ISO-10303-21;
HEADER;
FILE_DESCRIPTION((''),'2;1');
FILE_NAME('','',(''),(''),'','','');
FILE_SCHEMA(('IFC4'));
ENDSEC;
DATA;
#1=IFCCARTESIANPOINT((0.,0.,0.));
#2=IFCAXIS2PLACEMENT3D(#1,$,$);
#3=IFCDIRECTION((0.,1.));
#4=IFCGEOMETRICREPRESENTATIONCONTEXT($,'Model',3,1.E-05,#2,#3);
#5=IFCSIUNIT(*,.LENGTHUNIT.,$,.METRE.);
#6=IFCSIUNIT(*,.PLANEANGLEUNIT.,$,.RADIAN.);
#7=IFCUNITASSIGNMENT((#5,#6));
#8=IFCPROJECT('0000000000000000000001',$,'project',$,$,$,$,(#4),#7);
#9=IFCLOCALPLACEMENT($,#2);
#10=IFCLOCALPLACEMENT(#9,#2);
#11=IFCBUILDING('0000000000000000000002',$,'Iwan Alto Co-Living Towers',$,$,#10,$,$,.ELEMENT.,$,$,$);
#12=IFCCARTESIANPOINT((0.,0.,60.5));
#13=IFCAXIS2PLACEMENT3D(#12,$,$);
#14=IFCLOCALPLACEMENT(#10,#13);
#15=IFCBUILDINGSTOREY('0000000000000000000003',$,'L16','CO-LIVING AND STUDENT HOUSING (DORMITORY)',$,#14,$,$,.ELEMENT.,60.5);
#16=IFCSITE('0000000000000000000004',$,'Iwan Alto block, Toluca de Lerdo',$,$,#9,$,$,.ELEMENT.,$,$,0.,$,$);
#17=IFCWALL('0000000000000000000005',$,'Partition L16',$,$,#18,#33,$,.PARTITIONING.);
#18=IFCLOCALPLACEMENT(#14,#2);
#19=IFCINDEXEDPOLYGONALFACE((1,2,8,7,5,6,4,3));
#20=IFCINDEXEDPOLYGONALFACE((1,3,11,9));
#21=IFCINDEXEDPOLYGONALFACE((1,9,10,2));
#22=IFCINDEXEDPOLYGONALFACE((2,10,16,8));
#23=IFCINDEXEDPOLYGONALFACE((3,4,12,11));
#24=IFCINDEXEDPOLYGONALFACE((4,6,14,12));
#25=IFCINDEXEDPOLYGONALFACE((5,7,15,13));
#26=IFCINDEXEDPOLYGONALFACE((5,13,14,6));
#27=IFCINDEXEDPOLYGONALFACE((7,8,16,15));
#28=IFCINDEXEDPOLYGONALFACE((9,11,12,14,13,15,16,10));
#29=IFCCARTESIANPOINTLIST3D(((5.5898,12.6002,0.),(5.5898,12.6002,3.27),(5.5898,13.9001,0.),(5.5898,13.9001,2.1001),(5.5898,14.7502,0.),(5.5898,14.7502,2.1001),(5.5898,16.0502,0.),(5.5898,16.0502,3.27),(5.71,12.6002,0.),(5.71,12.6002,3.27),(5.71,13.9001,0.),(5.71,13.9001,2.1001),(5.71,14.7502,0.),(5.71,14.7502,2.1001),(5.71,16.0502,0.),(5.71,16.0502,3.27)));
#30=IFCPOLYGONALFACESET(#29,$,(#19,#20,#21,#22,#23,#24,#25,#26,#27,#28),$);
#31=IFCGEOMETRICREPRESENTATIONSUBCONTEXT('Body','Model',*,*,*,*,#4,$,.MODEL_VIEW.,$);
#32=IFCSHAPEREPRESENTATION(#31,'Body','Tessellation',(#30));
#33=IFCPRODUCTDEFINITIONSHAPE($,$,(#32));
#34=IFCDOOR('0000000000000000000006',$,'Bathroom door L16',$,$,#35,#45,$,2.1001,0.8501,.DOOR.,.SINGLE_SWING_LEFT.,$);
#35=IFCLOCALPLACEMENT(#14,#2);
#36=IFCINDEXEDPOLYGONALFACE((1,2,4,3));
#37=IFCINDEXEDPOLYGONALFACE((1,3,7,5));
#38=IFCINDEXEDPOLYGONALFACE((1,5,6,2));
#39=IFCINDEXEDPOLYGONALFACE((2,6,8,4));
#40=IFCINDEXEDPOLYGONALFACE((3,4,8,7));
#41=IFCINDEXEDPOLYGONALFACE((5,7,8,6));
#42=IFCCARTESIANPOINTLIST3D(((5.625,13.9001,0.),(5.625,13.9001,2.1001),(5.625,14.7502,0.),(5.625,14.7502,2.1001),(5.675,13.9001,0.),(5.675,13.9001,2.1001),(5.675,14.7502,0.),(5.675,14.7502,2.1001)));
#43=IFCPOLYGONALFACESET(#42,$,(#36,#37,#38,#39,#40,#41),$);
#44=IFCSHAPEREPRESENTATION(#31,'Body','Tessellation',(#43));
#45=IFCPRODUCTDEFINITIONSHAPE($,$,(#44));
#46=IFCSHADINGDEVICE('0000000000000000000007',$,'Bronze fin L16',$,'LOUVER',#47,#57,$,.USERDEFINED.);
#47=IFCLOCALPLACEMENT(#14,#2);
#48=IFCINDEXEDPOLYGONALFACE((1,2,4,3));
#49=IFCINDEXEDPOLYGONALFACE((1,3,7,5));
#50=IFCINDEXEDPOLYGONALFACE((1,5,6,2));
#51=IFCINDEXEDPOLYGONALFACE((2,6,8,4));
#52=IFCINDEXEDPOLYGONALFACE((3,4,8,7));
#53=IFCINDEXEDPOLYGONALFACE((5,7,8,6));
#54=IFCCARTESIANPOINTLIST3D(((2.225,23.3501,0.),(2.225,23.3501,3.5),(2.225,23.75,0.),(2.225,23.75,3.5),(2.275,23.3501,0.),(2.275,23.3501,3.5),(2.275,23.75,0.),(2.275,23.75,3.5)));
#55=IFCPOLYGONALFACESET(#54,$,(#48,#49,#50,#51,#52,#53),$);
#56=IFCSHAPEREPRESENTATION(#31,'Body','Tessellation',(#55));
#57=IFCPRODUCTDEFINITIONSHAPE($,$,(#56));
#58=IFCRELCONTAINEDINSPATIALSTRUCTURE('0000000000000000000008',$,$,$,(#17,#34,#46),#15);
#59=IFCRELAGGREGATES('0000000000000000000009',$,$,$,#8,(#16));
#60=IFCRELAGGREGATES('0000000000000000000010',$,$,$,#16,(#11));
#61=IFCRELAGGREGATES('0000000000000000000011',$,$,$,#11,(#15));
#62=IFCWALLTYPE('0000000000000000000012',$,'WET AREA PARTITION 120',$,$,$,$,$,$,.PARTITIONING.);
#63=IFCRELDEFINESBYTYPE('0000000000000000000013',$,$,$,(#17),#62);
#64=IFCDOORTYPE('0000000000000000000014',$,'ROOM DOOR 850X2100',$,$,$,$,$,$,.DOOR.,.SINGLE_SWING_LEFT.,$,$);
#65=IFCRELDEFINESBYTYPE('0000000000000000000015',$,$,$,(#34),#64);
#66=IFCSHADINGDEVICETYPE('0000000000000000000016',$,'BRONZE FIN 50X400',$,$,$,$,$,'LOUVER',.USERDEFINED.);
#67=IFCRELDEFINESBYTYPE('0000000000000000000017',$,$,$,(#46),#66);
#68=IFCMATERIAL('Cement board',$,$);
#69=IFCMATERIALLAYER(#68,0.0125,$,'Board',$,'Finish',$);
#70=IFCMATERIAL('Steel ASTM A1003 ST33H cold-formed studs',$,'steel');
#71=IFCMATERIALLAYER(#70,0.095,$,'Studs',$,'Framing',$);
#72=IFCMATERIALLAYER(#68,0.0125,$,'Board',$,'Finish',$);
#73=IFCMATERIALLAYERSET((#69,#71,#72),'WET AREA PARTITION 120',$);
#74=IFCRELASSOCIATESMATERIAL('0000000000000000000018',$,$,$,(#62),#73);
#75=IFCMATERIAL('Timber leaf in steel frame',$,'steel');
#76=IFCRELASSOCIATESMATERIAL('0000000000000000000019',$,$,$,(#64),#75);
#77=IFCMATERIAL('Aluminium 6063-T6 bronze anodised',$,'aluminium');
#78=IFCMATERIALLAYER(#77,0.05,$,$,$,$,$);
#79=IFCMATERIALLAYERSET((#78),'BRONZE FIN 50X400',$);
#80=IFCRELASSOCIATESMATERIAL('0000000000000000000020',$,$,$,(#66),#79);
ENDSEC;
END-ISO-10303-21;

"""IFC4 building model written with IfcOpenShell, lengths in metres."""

from ifc_helpers import new_model, si_unit, direction, frame, frame_2d, origin, origin_2d, place, context, subcontext, project, spatial, rectangle, extrude, material, layer, layer_set, type_object, element, fill, save


model = new_model("IFC4")

# Units and contexts
model_context = context("Model", 3, precision=1e-05, world=origin(), true_north=direction((0.0, 1.0)))
body_context = subcontext(model_context, "Body", "Model", "MODEL_VIEW")
ifc_project = project(units=[si_unit("LENGTHUNIT", "METRE"), si_unit("PLANEANGLEUNIT", "RADIAN")], contexts=[model_context])

# Site, building, storey
site_placement = place(None, origin())
site = spatial("IfcSite", under=ifc_project, at=site_placement, Name="Iwan Alto block, Toluca de Lerdo", CompositionType="ELEMENT", RefElevation=0.0)
building_placement = place(site_placement, origin())
building = spatial("IfcBuilding", under=site, at=building_placement, Name="Iwan Alto Co-Living Towers", CompositionType="ELEMENT")
storey_placement = place(building_placement, frame((0.0, 0.0, 60.5)))
storey = spatial("IfcBuildingStorey", under=building, at=storey_placement, Name="L16", Description="CO-LIVING AND STUDENT HOUSING (DORMITORY)", CompositionType="ELEMENT", Elevation=60.5)

# Shared definitions
ifc_material_1 = material(Name="Steel ASTM A1003 ST33H cold-formed studs", Category="steel")

# Shared definitions
ifc_material_2 = material(Name="Cement board")
ifc_layer_1 = layer(ifc_material_2, 0.0125, Name="Board", Category="Finish")
ifc_layer_2 = layer(ifc_material_1, 0.095, Name="Studs", Category="Framing")
ifc_layer_3 = layer(ifc_material_2, 0.0125, Name="Board", Category="Finish")
ifc_layer_set_1 = layer_set([ifc_layer_1, ifc_layer_2, ifc_layer_3], Name="WET AREA PARTITION 120")
wall_type_1 = type_object("IfcWallType", Name="WET AREA PARTITION 120", PredefinedType="PARTITIONING", material=ifc_layer_set_1)
ifc_material_3 = material(Name="Timber leaf in steel frame", Category="steel")
door_type = type_object("IfcDoorType", Name="ROOM DOOR 850X2100", OperationType="SINGLE_SWING_LEFT", PredefinedType="DOOR", material=ifc_material_3)

# Wall, opening, door
wall_1_placement = place(storey_placement, frame((5.6499, 12.6001, 0.0), z_axis=(0.0, 0.0, 1.0), x_axis=(0.0, 1.0, 0.0)))
wall_1 = element("IfcWall", 1, at=wall_1_placement, inside=storey, type_object=wall_type_1, Name="Partition L16", PredefinedType="PARTITIONING", context=body_context, shape_type="SweptSolid", body=[
    extrude(rectangle(XDim=3.45, YDim=0.1201, at=frame_2d((1.7251, 0.0))), origin(), (0.0, 0.0, 1.0), 3.27),
])
opening_1_placement = place(wall_1_placement, frame((1.3, 0.0, 0.0)))
opening_1 = element("IfcOpeningElement", 2, at=opening_1_placement, cuts=wall_1, PredefinedType="OPENING", context=body_context, shape_type="SweptSolid", body=[
    extrude(rectangle(XDim=0.8501, YDim=2.1001, at=frame_2d((0.425, 1.05))), frame((0.0, 0.0701, 0.0), z_axis=(0.0, -1.0, 0.0), x_axis=(1.0, 0.0, 0.0)), (0.0, 0.0, 1.0), 0.1401),
])
door_1_placement = place(opening_1_placement, origin())
door_1 = element("IfcDoor", 3, at=door_1_placement, inside=storey, type_object=door_type, Name="Bathroom door L16", OperationType="SINGLE_SWING_LEFT", OverallHeight=2.1001, OverallWidth=0.8501, PredefinedType="DOOR", context=body_context, shape_type="SweptSolid", body=[
    extrude(rectangle(XDim=0.8501, YDim=2.1001, at=frame_2d((0.425, 1.05))), frame((0.0, 0.0249, 0.0), z_axis=(0.0, -1.0, 0.0), x_axis=(1.0, 0.0, 0.0)), (0.0, 0.0, 1.0), 0.05),
])
fill(opening_1, door_1)

# Shading device
ifc_material_4 = material(Name="Aluminium 6063-T6 bronze anodised", Category="aluminium")
ifc_layer_4 = layer(ifc_material_4, 0.05)
ifc_layer_set_2 = layer_set([ifc_layer_4], Name="BRONZE FIN 50X400")
shading_device_type = type_object("IfcShadingDeviceType", Name="BRONZE FIN 50X400", ElementType="LOUVER", PredefinedType="USERDEFINED", material=ifc_layer_set_2)
shading_device_placement = place(storey_placement, frame((2.25, 23.55, 0.0), z_axis=(0.0, 0.0, 1.0), x_axis=(-1.0, 0.0, 0.0)))
element("IfcShadingDevice", 4, at=shading_device_placement, inside=storey, type_object=shading_device_type, Name="Bronze fin L16", ObjectType="LOUVER", PredefinedType="USERDEFINED", context=body_context, shape_type="SweptSolid", body=[
    extrude(rectangle(XDim=0.05, YDim=0.3999, at=origin_2d()), origin(), (0.0, 0.0, 1.0), 3.5),
])

save(model, "model.ifc")
